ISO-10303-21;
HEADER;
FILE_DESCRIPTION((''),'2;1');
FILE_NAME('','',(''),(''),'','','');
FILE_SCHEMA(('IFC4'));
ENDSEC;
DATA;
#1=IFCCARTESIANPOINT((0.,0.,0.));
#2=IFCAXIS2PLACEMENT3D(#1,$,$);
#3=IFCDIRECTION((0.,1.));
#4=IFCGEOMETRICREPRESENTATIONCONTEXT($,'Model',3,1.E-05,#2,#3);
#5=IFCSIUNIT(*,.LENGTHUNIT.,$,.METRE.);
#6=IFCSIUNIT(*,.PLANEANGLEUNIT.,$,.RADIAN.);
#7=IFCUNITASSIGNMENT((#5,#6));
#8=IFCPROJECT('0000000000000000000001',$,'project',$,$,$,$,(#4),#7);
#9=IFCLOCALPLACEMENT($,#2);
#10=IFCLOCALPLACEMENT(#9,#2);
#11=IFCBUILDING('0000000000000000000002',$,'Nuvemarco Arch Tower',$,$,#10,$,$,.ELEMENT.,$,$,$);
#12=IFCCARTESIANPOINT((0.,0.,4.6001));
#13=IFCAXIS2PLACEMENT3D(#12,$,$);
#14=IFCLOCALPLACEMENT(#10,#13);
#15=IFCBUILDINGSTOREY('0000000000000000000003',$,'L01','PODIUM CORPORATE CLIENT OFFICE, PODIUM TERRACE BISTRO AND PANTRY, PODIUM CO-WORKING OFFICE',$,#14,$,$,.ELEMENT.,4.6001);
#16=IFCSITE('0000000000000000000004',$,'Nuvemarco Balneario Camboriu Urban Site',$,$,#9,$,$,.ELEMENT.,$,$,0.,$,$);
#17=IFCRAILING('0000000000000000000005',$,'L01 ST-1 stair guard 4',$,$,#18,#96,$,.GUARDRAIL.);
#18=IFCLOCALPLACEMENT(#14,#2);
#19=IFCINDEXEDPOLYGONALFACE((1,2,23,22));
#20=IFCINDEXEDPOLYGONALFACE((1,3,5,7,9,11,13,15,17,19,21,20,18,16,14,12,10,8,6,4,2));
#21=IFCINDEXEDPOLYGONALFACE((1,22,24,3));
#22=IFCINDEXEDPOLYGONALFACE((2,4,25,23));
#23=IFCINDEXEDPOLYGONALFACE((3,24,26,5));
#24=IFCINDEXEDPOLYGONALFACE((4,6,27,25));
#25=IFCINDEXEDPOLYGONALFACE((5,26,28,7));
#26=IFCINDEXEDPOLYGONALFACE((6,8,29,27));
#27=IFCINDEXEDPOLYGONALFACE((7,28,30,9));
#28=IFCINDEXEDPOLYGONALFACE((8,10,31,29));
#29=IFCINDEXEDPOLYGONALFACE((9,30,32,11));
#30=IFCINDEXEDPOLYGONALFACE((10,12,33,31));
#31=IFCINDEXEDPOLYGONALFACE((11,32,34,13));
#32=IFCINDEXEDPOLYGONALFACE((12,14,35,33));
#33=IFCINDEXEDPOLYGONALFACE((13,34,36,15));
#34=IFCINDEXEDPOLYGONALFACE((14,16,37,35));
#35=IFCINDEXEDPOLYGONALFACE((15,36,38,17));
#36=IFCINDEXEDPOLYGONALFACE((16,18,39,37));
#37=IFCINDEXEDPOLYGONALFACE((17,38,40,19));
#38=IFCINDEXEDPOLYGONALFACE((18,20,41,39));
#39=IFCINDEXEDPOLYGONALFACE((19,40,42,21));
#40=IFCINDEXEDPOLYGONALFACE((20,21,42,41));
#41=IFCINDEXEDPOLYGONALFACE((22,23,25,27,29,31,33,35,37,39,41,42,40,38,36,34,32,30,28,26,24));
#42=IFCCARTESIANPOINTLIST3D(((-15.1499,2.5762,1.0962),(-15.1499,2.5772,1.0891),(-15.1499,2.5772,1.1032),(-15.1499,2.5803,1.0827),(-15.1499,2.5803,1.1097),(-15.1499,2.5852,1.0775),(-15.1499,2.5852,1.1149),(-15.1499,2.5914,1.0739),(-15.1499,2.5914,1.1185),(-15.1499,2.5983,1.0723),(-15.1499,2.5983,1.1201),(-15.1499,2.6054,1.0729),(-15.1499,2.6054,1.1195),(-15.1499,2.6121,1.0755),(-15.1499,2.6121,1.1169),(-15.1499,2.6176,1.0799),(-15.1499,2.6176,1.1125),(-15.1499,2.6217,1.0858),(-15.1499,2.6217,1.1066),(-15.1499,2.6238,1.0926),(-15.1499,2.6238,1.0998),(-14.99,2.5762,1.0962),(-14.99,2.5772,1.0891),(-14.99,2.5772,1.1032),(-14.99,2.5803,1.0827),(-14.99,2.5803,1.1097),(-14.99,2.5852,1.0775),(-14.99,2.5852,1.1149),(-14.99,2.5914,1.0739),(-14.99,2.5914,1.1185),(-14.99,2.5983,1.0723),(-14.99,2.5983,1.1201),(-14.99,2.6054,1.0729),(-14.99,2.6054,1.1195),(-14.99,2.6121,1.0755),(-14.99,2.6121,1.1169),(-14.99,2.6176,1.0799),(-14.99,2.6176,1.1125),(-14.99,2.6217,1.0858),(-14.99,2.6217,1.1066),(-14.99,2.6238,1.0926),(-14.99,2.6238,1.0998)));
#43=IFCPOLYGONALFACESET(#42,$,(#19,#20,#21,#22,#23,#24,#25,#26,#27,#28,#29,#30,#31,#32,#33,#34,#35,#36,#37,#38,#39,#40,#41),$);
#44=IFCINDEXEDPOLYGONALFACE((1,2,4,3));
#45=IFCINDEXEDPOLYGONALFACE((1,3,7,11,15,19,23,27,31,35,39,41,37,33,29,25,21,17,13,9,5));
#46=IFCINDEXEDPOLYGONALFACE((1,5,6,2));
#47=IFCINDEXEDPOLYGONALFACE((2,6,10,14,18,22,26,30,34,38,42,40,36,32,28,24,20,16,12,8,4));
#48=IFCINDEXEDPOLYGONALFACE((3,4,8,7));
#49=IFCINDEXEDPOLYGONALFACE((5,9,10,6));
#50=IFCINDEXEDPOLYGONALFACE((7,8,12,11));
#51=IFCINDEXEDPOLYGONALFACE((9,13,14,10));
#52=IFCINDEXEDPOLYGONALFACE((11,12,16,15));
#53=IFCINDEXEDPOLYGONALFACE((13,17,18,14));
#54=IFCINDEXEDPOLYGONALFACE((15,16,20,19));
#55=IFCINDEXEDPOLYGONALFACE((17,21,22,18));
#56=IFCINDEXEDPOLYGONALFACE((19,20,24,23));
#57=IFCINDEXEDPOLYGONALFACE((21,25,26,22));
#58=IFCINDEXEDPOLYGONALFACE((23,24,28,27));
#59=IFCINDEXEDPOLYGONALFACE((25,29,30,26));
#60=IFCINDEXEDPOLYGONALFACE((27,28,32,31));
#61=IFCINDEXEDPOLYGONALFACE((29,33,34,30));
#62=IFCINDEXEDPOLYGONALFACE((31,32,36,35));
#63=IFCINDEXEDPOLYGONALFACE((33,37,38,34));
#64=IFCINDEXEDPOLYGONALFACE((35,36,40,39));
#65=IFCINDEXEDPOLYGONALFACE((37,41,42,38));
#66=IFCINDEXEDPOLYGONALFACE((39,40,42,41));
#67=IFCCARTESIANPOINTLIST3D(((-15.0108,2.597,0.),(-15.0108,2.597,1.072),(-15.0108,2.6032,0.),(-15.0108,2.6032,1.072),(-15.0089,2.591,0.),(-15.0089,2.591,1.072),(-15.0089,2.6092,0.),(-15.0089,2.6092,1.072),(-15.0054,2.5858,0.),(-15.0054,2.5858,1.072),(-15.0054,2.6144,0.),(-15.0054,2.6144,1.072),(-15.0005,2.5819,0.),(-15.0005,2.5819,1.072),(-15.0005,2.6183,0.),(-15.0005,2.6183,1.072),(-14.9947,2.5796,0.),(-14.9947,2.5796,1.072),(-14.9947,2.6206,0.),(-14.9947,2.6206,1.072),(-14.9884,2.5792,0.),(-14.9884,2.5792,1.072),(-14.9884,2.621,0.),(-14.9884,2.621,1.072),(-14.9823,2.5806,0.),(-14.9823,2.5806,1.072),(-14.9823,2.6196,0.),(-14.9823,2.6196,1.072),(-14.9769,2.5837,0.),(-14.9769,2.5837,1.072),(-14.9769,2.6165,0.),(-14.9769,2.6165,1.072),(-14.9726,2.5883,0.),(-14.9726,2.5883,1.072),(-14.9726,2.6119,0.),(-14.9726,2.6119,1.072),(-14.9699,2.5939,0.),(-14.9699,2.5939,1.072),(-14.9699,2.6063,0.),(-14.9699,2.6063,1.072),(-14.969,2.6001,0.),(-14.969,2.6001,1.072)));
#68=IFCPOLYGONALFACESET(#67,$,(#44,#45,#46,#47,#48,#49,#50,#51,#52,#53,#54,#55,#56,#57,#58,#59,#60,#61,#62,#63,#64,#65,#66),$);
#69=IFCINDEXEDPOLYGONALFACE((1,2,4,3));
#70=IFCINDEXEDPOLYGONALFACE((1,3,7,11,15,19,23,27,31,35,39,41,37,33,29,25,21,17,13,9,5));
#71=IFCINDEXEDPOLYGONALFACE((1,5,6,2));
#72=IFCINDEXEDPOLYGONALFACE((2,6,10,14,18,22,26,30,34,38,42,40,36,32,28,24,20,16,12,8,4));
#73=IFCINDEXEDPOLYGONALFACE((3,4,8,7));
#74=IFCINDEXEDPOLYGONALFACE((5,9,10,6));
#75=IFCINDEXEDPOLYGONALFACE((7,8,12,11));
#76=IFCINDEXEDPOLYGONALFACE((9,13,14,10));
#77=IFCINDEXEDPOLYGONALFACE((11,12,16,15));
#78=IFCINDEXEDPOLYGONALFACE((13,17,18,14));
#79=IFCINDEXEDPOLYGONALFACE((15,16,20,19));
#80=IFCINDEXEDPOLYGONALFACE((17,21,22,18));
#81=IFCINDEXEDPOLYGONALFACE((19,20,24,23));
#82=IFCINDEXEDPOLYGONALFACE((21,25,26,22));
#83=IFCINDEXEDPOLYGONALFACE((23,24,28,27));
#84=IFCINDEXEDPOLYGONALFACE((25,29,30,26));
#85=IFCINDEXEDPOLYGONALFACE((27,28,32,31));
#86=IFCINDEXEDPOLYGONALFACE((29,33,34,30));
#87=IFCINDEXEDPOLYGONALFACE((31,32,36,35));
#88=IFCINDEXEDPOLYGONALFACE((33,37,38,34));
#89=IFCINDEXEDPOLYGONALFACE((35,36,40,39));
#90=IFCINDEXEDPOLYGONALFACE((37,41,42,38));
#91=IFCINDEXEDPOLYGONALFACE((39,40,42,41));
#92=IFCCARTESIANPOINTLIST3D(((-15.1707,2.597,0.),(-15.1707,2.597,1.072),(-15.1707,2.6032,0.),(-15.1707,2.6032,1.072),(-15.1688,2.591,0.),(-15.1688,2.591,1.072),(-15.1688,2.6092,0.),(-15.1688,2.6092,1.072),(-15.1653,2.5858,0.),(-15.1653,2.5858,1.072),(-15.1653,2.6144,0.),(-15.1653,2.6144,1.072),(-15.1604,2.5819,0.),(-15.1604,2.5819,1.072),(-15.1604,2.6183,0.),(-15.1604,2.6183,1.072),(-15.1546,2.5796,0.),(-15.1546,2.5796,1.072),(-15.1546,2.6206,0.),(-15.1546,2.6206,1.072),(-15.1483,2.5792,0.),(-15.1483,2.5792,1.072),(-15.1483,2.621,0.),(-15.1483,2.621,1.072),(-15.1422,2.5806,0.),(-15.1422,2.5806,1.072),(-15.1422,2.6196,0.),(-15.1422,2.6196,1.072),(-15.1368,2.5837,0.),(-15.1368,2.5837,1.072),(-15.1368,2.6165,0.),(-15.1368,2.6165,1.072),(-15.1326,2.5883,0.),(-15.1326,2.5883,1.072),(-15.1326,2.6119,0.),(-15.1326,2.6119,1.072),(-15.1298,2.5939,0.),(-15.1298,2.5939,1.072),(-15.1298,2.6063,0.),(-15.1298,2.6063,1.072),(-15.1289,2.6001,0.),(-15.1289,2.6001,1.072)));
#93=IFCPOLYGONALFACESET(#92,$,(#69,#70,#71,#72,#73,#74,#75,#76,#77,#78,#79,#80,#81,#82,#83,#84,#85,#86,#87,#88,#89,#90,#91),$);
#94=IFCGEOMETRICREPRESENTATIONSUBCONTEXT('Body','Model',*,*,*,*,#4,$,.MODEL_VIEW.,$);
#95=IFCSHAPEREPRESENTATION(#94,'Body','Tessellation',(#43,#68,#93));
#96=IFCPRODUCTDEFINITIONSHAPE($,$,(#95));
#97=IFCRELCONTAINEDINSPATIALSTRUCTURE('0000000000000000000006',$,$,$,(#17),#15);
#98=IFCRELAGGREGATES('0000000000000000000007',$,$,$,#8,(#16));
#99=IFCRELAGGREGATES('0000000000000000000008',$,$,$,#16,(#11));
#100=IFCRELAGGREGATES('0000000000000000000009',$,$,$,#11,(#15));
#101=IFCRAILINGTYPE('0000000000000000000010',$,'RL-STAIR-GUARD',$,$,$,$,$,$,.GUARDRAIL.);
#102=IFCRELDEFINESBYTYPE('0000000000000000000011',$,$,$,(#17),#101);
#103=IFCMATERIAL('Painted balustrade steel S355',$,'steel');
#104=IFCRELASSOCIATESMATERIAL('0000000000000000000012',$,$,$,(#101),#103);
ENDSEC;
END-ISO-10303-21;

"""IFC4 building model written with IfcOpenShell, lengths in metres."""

from ifc_helpers import new_model, si_unit, direction, frame, origin, origin_2d, place, context, subcontext, project, spatial, circle, extrude, material, type_object, element, save


model = new_model("IFC4")

# Units and contexts
model_context = context("Model", 3, precision=1e-05, world=origin(), true_north=direction((0.0, 1.0)))
body_context = subcontext(model_context, "Body", "Model", "MODEL_VIEW")
ifc_project = project(units=[si_unit("LENGTHUNIT", "METRE"), si_unit("PLANEANGLEUNIT", "RADIAN")], contexts=[model_context])

# Site, building, storey
site_placement = place(None, origin())
site = spatial("IfcSite", under=ifc_project, at=site_placement, Name="Nuvemarco Balneario Camboriu Urban Site", CompositionType="ELEMENT", RefElevation=0.0)
building_placement = place(site_placement, origin())
building = spatial("IfcBuilding", under=site, at=building_placement, Name="Nuvemarco Arch Tower", CompositionType="ELEMENT")
storey_placement = place(building_placement, frame((0.0, 0.0, 4.6001)))
storey = spatial("IfcBuildingStorey", under=building, at=storey_placement, Name="L01", Description="PODIUM CORPORATE CLIENT OFFICE, PODIUM TERRACE BISTRO AND PANTRY, PODIUM CO-WORKING OFFICE", CompositionType="ELEMENT", Elevation=4.6001)

# Railing
ifc_material_1 = material(Name="Painted balustrade steel S355", Category="steel")
railing_type_1 = type_object("IfcRailingType", Name="RL-STAIR-GUARD", PredefinedType="GUARDRAIL", material=ifc_material_1)
railing_1_placement = place(storey_placement, frame((-14.99, 2.6001, 0.0)))
element("IfcRailing", 1, at=railing_1_placement, inside=storey, type_object=railing_type_1, Name="L01 ST-1 stair guard 4", PredefinedType="GUARDRAIL", context=body_context, shape_type="SweptSolid", body=[
    extrude(circle(Radius=0.0239, at=origin_2d()), frame((0.0, 0.0, 1.0962), z_axis=(-1.0, 0.0, 0.0), x_axis=(0.0, -1.0, 0.0)), (0.0, 0.0, 1.0), 0.1599),
    extrude(circle(Radius=0.021, at=origin_2d()), origin(), (0.0, 0.0, 1.0), 1.072),
    extrude(circle(Radius=0.021, at=origin_2d()), frame((-0.1599, 0.0, 0.0)), (0.0, 0.0, 1.0), 1.072),
])

save(model, "model.ifc")
